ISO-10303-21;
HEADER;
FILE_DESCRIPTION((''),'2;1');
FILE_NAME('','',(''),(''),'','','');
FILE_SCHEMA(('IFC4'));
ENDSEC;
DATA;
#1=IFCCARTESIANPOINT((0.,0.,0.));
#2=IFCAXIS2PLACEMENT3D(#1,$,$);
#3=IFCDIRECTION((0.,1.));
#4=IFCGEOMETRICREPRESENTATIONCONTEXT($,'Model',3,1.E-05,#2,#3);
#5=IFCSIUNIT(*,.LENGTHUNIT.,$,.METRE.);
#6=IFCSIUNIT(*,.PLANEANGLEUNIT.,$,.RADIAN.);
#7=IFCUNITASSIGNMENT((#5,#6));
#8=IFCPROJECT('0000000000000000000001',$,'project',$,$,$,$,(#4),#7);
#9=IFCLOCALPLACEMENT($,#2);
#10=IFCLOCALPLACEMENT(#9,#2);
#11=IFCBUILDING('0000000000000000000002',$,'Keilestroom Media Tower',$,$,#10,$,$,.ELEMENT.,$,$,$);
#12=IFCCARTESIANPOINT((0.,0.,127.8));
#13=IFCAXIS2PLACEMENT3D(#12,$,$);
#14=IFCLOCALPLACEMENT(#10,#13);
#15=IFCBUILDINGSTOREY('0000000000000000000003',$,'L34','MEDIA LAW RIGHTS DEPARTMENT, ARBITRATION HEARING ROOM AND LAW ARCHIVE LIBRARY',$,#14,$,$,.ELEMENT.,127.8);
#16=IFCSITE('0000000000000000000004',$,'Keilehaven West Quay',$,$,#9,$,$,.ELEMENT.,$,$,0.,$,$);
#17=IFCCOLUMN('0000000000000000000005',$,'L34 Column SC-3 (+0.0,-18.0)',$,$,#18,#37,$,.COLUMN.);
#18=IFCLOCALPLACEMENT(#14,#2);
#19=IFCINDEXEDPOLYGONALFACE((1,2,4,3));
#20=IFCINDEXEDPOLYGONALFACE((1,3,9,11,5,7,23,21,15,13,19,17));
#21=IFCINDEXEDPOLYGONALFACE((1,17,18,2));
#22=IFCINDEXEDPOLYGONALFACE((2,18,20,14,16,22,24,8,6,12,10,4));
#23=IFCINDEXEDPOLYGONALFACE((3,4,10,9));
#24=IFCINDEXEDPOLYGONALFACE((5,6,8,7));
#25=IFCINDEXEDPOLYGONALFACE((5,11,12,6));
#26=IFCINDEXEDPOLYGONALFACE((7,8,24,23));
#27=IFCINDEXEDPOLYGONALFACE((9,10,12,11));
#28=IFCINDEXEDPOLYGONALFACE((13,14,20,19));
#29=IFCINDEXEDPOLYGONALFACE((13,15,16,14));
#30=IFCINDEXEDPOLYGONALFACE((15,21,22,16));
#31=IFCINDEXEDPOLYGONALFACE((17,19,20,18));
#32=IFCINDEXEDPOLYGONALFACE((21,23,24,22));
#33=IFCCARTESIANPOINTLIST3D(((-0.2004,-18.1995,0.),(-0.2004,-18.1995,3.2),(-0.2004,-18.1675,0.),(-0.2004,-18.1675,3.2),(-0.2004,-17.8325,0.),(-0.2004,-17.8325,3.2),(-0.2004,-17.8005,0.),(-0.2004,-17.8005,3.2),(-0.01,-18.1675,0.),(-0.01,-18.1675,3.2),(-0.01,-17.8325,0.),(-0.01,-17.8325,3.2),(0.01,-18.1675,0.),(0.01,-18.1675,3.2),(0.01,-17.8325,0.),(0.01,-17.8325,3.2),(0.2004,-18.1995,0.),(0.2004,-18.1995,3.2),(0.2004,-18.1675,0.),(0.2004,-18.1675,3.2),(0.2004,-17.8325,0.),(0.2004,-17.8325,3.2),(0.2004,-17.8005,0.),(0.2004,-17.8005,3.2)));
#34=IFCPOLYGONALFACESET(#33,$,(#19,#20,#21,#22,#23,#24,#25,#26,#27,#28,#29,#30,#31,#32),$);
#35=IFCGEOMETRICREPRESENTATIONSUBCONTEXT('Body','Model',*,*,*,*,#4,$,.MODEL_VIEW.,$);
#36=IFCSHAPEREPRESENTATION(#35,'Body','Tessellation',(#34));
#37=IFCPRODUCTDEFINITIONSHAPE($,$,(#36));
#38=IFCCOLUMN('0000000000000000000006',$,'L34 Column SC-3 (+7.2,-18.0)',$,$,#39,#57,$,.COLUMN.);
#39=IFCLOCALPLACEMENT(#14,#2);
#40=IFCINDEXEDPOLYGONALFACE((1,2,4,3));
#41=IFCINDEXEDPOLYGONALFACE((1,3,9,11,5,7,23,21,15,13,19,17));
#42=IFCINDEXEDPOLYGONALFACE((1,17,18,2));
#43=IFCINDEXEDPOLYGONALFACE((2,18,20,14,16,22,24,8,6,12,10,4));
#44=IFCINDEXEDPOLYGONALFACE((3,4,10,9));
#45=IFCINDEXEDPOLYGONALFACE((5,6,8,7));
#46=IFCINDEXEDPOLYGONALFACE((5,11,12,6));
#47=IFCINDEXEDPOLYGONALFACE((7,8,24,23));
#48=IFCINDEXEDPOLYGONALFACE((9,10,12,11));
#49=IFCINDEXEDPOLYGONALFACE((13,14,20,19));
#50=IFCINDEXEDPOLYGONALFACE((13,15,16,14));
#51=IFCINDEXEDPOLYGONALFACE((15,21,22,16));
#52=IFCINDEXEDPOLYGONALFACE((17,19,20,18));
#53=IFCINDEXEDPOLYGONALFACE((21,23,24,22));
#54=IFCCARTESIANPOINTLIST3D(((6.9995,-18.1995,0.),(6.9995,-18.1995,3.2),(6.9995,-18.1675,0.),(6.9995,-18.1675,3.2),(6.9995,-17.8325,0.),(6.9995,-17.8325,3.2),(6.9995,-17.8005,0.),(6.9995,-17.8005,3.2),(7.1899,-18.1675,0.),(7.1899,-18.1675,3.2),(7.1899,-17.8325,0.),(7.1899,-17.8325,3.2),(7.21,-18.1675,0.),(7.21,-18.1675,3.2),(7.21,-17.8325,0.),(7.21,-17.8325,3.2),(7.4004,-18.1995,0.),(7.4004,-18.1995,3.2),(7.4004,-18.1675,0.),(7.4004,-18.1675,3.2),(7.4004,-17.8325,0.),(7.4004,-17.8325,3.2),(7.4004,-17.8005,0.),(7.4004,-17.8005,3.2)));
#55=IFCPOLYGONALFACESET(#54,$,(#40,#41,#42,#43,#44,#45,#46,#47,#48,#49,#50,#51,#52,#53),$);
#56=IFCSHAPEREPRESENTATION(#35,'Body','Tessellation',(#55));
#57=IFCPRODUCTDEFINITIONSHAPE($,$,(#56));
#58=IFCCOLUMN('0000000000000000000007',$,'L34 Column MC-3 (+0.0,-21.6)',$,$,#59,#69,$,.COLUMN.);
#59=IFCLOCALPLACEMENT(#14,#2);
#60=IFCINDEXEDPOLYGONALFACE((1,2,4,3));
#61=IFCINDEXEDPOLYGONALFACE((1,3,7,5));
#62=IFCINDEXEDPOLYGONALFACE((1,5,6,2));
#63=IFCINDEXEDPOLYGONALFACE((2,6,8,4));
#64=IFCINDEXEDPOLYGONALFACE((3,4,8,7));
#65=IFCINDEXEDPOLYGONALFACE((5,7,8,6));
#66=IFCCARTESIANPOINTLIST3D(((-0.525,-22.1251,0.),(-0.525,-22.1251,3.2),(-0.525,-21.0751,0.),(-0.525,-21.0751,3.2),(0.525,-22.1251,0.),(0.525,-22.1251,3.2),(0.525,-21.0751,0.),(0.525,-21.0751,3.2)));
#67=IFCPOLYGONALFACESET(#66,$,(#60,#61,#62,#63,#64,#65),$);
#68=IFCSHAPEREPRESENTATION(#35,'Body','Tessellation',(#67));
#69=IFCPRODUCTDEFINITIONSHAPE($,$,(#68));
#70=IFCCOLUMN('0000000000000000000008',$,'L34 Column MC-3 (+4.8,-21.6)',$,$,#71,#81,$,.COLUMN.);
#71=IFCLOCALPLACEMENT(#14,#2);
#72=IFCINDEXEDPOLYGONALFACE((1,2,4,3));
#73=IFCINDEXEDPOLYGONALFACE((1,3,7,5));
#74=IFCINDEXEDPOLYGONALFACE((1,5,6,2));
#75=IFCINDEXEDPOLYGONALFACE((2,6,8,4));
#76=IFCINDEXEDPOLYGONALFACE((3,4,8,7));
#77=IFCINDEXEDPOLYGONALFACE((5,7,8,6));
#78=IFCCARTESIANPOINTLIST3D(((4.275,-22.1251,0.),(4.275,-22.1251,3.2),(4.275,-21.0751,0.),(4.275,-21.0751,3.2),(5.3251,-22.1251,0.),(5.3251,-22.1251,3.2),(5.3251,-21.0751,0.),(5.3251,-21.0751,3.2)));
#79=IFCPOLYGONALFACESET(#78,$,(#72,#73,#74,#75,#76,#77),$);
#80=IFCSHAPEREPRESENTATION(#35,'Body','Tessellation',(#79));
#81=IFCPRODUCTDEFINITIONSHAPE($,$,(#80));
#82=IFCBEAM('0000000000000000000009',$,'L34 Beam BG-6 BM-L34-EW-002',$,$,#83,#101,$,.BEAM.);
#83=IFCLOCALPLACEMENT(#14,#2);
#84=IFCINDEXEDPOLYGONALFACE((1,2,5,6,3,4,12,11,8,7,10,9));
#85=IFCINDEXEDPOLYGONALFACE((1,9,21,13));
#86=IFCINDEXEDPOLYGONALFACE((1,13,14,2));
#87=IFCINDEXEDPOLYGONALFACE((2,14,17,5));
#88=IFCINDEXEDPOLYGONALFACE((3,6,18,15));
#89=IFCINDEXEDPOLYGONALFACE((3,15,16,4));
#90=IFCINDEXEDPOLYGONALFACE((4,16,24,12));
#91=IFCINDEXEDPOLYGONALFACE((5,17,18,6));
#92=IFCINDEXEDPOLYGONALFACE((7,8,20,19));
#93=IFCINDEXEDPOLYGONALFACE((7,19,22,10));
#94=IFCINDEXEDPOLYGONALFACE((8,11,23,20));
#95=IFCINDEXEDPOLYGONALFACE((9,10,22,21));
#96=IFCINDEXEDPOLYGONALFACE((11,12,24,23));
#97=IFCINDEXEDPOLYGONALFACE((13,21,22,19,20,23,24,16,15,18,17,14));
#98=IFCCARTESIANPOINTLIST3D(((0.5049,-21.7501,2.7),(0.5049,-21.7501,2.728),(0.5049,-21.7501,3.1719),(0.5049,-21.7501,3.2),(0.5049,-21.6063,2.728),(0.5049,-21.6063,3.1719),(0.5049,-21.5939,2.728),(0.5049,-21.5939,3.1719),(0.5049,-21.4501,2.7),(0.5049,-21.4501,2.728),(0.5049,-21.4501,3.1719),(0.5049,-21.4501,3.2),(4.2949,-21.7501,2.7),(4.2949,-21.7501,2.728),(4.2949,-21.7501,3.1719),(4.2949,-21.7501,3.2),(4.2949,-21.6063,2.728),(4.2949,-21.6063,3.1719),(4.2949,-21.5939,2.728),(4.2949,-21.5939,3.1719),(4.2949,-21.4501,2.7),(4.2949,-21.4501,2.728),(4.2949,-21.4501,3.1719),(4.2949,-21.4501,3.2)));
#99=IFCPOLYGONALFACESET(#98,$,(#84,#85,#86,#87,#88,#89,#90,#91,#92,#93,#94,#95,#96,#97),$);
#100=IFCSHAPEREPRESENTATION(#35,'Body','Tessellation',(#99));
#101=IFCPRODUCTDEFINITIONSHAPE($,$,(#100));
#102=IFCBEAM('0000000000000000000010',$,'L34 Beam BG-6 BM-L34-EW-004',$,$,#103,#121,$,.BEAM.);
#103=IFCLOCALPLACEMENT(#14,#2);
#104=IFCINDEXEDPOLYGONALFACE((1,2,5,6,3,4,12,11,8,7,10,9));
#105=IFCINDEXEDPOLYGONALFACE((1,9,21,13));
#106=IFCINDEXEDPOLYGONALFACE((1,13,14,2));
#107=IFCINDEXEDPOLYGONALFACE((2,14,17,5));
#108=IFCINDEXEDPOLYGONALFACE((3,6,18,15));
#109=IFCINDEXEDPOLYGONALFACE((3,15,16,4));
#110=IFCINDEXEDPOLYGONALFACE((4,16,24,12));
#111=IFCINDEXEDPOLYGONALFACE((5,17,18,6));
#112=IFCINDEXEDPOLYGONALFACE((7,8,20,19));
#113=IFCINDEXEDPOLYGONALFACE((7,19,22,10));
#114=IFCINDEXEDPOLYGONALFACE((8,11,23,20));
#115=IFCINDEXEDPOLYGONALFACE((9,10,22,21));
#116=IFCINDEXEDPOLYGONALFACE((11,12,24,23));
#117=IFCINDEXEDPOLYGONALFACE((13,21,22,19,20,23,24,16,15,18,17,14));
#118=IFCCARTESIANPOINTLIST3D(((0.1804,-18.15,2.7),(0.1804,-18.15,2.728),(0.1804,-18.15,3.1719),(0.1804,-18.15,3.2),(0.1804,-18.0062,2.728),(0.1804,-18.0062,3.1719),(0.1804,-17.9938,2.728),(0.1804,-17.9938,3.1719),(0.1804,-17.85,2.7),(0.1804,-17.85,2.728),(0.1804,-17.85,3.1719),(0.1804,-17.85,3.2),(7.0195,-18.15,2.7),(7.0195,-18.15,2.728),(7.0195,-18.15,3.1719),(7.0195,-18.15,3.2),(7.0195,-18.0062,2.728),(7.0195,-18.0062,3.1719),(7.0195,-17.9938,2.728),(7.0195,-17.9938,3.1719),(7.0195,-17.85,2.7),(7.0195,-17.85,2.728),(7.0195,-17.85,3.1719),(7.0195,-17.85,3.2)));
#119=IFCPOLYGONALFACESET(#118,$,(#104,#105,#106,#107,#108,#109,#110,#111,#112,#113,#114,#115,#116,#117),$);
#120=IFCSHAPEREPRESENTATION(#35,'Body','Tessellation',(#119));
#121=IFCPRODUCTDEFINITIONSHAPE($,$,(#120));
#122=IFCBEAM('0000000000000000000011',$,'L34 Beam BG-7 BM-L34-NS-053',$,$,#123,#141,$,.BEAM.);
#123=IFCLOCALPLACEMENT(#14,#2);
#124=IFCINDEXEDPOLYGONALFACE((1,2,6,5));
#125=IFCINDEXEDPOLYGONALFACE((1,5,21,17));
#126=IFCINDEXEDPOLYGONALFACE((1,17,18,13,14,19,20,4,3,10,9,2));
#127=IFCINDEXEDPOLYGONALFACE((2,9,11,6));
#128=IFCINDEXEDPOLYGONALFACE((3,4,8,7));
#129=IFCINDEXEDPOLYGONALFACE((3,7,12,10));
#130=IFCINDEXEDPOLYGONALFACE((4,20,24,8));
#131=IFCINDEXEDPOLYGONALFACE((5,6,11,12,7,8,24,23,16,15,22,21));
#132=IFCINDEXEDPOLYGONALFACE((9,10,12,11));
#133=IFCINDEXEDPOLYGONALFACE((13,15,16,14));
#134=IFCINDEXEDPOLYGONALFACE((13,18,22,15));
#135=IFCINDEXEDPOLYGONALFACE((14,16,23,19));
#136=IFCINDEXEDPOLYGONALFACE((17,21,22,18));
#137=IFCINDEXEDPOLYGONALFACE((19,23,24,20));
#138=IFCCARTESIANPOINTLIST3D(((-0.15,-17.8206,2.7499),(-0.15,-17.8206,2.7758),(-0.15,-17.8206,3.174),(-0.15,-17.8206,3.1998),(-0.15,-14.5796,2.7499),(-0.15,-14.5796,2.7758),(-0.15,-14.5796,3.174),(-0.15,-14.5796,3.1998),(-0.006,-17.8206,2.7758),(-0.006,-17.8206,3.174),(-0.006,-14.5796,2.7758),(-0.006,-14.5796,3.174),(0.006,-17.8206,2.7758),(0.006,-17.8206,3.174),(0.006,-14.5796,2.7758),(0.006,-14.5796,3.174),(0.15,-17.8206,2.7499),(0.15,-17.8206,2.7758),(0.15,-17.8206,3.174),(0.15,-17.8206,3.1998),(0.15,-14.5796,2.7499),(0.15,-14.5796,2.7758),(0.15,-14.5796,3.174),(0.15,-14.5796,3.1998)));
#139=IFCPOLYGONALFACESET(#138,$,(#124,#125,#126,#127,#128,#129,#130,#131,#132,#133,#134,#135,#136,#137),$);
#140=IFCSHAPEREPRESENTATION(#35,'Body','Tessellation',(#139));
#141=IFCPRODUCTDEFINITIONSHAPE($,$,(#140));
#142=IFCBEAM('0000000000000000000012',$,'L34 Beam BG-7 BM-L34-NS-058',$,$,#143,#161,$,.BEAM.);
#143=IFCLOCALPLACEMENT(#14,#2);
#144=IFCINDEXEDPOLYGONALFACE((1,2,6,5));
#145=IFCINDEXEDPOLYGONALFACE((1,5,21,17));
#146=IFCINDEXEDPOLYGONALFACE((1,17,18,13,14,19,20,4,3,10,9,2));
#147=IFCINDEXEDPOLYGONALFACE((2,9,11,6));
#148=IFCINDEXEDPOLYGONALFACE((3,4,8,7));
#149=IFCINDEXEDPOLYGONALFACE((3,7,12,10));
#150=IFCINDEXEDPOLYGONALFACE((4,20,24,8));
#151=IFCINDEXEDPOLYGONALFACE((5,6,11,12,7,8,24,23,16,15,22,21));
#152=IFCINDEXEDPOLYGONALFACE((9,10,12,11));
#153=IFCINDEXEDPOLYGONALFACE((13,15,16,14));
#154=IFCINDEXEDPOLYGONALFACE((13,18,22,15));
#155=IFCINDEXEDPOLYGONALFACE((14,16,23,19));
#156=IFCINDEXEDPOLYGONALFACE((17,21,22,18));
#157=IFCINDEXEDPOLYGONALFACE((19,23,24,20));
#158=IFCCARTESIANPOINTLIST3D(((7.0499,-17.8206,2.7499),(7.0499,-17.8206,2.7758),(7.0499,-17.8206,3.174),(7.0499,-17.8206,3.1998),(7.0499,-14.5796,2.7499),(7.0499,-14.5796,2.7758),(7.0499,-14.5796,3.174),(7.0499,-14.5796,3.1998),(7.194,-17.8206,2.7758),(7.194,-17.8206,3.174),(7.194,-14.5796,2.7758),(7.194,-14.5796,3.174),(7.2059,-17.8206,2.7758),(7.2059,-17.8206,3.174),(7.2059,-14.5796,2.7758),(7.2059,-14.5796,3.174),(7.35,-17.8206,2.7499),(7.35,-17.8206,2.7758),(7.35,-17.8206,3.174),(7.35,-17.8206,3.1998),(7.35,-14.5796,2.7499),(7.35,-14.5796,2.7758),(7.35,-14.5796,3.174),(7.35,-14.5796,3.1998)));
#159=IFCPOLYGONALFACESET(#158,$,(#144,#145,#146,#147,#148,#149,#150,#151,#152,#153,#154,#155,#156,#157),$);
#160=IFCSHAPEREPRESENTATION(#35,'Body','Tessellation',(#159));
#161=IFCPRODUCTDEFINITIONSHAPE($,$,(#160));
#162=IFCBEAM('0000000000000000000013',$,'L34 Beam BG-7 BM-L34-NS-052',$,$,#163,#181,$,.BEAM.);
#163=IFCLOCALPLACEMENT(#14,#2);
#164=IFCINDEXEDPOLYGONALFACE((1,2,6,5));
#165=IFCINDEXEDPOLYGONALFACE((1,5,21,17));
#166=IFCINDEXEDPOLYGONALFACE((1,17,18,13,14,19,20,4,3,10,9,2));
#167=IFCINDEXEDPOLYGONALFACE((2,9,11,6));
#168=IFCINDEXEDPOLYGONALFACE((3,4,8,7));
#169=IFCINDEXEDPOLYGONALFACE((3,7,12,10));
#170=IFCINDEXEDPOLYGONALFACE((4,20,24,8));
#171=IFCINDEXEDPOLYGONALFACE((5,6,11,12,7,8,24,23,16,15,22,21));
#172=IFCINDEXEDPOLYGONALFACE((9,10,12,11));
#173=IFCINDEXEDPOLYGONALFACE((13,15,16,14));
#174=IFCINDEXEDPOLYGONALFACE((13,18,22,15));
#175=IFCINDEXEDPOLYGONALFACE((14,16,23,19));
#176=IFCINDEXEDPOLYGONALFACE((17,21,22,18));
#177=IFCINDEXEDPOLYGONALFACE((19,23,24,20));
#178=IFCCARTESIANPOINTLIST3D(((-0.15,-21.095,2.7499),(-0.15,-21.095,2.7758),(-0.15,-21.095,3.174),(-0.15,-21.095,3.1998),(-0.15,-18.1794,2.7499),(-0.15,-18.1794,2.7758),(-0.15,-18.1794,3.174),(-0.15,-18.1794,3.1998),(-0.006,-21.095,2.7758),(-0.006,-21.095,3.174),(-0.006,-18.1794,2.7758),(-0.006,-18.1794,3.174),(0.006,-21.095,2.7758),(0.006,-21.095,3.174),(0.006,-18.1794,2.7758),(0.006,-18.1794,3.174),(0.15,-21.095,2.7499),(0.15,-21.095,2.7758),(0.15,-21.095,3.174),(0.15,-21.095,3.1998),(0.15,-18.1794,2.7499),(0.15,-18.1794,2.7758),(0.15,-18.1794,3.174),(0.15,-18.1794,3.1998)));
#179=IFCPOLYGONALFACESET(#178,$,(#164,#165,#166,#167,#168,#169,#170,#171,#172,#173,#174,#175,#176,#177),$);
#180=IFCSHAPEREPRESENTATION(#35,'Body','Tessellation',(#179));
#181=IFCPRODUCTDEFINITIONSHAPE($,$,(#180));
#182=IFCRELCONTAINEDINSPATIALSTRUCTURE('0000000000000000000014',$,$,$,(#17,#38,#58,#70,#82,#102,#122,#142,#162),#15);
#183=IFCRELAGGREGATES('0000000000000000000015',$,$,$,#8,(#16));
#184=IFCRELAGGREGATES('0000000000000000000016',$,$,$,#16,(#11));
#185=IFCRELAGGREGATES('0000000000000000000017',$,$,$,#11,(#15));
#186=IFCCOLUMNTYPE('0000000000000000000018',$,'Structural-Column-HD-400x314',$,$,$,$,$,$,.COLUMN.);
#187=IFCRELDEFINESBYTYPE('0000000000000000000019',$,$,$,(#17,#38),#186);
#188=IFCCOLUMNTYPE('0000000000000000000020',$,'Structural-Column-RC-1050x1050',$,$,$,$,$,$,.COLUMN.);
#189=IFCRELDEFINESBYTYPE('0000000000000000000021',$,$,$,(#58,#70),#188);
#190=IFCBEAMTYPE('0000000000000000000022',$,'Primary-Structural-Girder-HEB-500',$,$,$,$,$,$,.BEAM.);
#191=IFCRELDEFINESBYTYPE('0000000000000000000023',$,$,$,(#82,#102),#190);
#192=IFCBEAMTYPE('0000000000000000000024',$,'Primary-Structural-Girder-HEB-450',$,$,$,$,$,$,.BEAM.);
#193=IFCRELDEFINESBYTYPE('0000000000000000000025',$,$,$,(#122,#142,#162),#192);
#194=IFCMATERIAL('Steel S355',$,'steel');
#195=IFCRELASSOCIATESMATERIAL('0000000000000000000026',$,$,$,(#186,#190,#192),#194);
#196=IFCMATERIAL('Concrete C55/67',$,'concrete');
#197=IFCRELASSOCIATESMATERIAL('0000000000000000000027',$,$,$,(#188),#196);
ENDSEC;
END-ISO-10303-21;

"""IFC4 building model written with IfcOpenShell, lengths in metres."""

from ifc_helpers import new_model, si_unit, direction, frame, origin, origin_2d, place, context, subcontext, project, spatial, rectangle, i_section, extrude, source, transform, mapped, material, material_profile, profile_set, type_object, element, save


model = new_model("IFC4")

# Units and contexts
model_context = context("Model", 3, precision=1e-05, world=origin(), true_north=direction((0.0, 1.0)))
body_context = subcontext(model_context, "Body", "Model", "MODEL_VIEW")
ifc_project = project(units=[si_unit("LENGTHUNIT", "METRE"), si_unit("PLANEANGLEUNIT", "RADIAN")], contexts=[model_context])

# Site, building, storey
site_placement = place(None, origin())
site = spatial("IfcSite", under=ifc_project, at=site_placement, Name="Keilehaven West Quay", CompositionType="ELEMENT", RefElevation=0.0)
building_placement = place(site_placement, origin())
building = spatial("IfcBuilding", under=site, at=building_placement, Name="Keilestroom Media Tower", CompositionType="ELEMENT")
storey_placement = place(building_placement, frame((0.0, 0.0, 127.8)))
storey = spatial("IfcBuildingStorey", under=building, at=storey_placement, Name="L34", Description="MEDIA LAW RIGHTS DEPARTMENT, ARBITRATION HEARING ROOM AND LAW ARCHIVE LIBRARY", CompositionType="ELEMENT", Elevation=127.8)

# Columns
ifc_material_1 = material(Name="Steel S355", Category="steel")
ifc_material_profile_1 = material_profile(ifc_material_1, i_section(OverallWidth=0.4009, OverallDepth=0.3989, WebThickness=0.02, FlangeThickness=0.032, at=origin_2d()), Name="HD 400x314")
ifc_profile_set_1 = profile_set([ifc_material_profile_1], Name="Steel S355")
column_type_1 = type_object("IfcColumnType", Name="Structural-Column-HD-400x314", PredefinedType="COLUMN", material=ifc_profile_set_1)
shared_shape_1 = source(origin(), body_context, "Body", "SweptSolid", [
    extrude(i_section(OverallWidth=0.4009, OverallDepth=0.3989, WebThickness=0.02, FlangeThickness=0.032, at=origin_2d()), origin(), (0.0, 0.0, 1.0), 3.2),
])
for number, where, z_axis, x_axis, name in (
    (1, (0.0, -18.0, 0.0), (0.0, 0.0, 1.0), (1.0, 0.0, 0.0), "L34 Column SC-3 (+0.0,-18.0)"),
    (2, (7.2, -18.0, 0.0), (0.0, 0.0, 1.0), (1.0, 0.0, 0.0), "L34 Column SC-3 (+7.2,-18.0)"),
):
    element("IfcColumn", number, at=place(storey_placement, frame(where, z_axis=z_axis, x_axis=x_axis)), inside=storey, type_object=column_type_1, Name=name, PredefinedType="COLUMN", context=body_context, shape_type="MappedRepresentation", body=[
        mapped(shared_shape_1, transform((0.0, 0.0, 0.0), x_axis=(1.0, 0.0, 0.0), y_axis=(0.0, 1.0, 0.0), z_axis=(0.0, 0.0, 1.0), scale=1.0)),
    ])
ifc_material_2 = material(Name="Concrete C55/67", Category="concrete")
ifc_material_profile_2 = material_profile(ifc_material_2, rectangle(XDim=1.05, YDim=1.05, at=origin_2d()), Name="RC 1050x1050")
ifc_profile_set_2 = profile_set([ifc_material_profile_2], Name="Concrete C55/67")
column_type_2 = type_object("IfcColumnType", Name="Structural-Column-RC-1050x1050", PredefinedType="COLUMN", material=ifc_profile_set_2)
shared_shape_2 = source(origin(), body_context, "Body", "SweptSolid", [
    extrude(rectangle(XDim=1.05, YDim=1.05, at=origin_2d()), origin(), (0.0, 0.0, 1.0), 3.2),
])
for number, where, z_axis, x_axis, name in (
    (3, (0.0, -21.6001, 0.0), (0.0, 0.0, 1.0), (1.0, 0.0, 0.0), "L34 Column MC-3 (+0.0,-21.6)"),
    (4, (4.8, -21.6001, 0.0), (0.0, 0.0, 1.0), (1.0, 0.0, 0.0), "L34 Column MC-3 (+4.8,-21.6)"),
):
    element("IfcColumn", number, at=place(storey_placement, frame(where, z_axis=z_axis, x_axis=x_axis)), inside=storey, type_object=column_type_2, Name=name, PredefinedType="COLUMN", context=body_context, shape_type="MappedRepresentation", body=[
        mapped(shared_shape_2, transform((0.0, 0.0, 0.0), x_axis=(1.0, 0.0, 0.0), y_axis=(0.0, 1.0, 0.0), z_axis=(0.0, 0.0, 1.0), scale=1.0)),
    ])

# Beams
ifc_material_profile_3 = material_profile(ifc_material_1, i_section(OverallWidth=0.3, OverallDepth=0.5, WebThickness=0.0125, FlangeThickness=0.0281, at=origin_2d()), Name="HEB 500")
ifc_profile_set_3 = profile_set([ifc_material_profile_3], Name="Steel S355")
beam_type_1 = type_object("IfcBeamType", Name="Primary-Structural-Girder-HEB-500", PredefinedType="BEAM", material=ifc_profile_set_3)
shared_shape_3 = source(origin(), body_context, "Body", "SweptSolid", [
    extrude(i_section(OverallWidth=0.3, OverallDepth=0.5, WebThickness=0.0125, FlangeThickness=0.0281, at=origin_2d()), origin(), (0.0, 0.0, 1.0), 3.79),
])
beam_1_placement = place(storey_placement, frame((0.5049, -21.6001, 2.95), z_axis=(1.0, 0.0, 0.0), x_axis=(0.0, 1.0, 0.0)))
element("IfcBeam", 5, at=beam_1_placement, inside=storey, type_object=beam_type_1, Name="L34 Beam BG-6 BM-L34-EW-002", PredefinedType="BEAM", context=body_context, shape_type="MappedRepresentation", body=[
    mapped(shared_shape_3, transform((0.0, 0.0, 0.0), x_axis=(1.0, 0.0, 0.0), y_axis=(0.0, 1.0, 0.0), z_axis=(0.0, 0.0, 1.0), scale=1.0)),
])
shared_shape_4 = source(origin(), body_context, "Body", "SweptSolid", [
    extrude(i_section(OverallWidth=0.3, OverallDepth=0.5, WebThickness=0.0125, FlangeThickness=0.0281, at=origin_2d()), origin(), (0.0, 0.0, 1.0), 6.8391),
])
beam_2_placement = place(storey_placement, frame((0.1804, -18.0, 2.95), z_axis=(1.0, 0.0, 0.0), x_axis=(0.0, 1.0, 0.0)))
element("IfcBeam", 6, at=beam_2_placement, inside=storey, type_object=beam_type_1, Name="L34 Beam BG-6 BM-L34-EW-004", PredefinedType="BEAM", context=body_context, shape_type="MappedRepresentation", body=[
    mapped(shared_shape_4, transform((0.0, 0.0, 0.0), x_axis=(1.0, 0.0, 0.0), y_axis=(0.0, 1.0, 0.0), z_axis=(0.0, 0.0, 1.0), scale=1.0)),
])
ifc_material_profile_4 = material_profile(ifc_material_1, i_section(OverallWidth=0.3, OverallDepth=0.45, WebThickness=0.012, FlangeThickness=0.0259, at=origin_2d()), Name="HEB 450")
ifc_profile_set_4 = profile_set([ifc_material_profile_4], Name="Steel S355")
beam_type_2 = type_object("IfcBeamType", Name="Primary-Structural-Girder-HEB-450", PredefinedType="BEAM", material=ifc_profile_set_4)
shared_shape_5 = source(origin(), body_context, "Body", "SweptSolid", [
    extrude(i_section(OverallWidth=0.3, OverallDepth=0.45, WebThickness=0.012, FlangeThickness=0.0259, at=origin_2d()), origin(), (0.0, 0.0, 1.0), 3.241),
])
for number, where, z_axis, x_axis, name in (
    (7, (0.0, -17.8206, 2.9749), (0.0, 1.0, 0.0), (-1.0, 0.0, 0.0), "L34 Beam BG-7 BM-L34-NS-053"),
    (8, (7.2, -17.8206, 2.9749), (0.0, 1.0, 0.0), (-1.0, 0.0, 0.0), "L34 Beam BG-7 BM-L34-NS-058"),
):
    element("IfcBeam", number, at=place(storey_placement, frame(where, z_axis=z_axis, x_axis=x_axis)), inside=storey, type_object=beam_type_2, Name=name, PredefinedType="BEAM", context=body_context, shape_type="MappedRepresentation", body=[
        mapped(shared_shape_5, transform((0.0, 0.0, 0.0), x_axis=(1.0, 0.0, 0.0), y_axis=(0.0, 1.0, 0.0), z_axis=(0.0, 0.0, 1.0), scale=1.0)),
    ])
shared_shape_6 = source(origin(), body_context, "Body", "SweptSolid", [
    extrude(i_section(OverallWidth=0.3, OverallDepth=0.45, WebThickness=0.012, FlangeThickness=0.0259, at=origin_2d()), origin(), (0.0, 0.0, 1.0), 2.9155),
])
beam_3_placement = place(storey_placement, frame((0.0, -21.095, 2.9749), z_axis=(0.0, 1.0, 0.0), x_axis=(-1.0, 0.0, 0.0)))
element("IfcBeam", 9, at=beam_3_placement, inside=storey, type_object=beam_type_2, Name="L34 Beam BG-7 BM-L34-NS-052", PredefinedType="BEAM", context=body_context, shape_type="MappedRepresentation", body=[
    mapped(shared_shape_6, transform((0.0, 0.0, 0.0), x_axis=(1.0, 0.0, 0.0), y_axis=(0.0, 1.0, 0.0), z_axis=(0.0, 0.0, 1.0), scale=1.0)),
])

save(model, "model.ifc")
